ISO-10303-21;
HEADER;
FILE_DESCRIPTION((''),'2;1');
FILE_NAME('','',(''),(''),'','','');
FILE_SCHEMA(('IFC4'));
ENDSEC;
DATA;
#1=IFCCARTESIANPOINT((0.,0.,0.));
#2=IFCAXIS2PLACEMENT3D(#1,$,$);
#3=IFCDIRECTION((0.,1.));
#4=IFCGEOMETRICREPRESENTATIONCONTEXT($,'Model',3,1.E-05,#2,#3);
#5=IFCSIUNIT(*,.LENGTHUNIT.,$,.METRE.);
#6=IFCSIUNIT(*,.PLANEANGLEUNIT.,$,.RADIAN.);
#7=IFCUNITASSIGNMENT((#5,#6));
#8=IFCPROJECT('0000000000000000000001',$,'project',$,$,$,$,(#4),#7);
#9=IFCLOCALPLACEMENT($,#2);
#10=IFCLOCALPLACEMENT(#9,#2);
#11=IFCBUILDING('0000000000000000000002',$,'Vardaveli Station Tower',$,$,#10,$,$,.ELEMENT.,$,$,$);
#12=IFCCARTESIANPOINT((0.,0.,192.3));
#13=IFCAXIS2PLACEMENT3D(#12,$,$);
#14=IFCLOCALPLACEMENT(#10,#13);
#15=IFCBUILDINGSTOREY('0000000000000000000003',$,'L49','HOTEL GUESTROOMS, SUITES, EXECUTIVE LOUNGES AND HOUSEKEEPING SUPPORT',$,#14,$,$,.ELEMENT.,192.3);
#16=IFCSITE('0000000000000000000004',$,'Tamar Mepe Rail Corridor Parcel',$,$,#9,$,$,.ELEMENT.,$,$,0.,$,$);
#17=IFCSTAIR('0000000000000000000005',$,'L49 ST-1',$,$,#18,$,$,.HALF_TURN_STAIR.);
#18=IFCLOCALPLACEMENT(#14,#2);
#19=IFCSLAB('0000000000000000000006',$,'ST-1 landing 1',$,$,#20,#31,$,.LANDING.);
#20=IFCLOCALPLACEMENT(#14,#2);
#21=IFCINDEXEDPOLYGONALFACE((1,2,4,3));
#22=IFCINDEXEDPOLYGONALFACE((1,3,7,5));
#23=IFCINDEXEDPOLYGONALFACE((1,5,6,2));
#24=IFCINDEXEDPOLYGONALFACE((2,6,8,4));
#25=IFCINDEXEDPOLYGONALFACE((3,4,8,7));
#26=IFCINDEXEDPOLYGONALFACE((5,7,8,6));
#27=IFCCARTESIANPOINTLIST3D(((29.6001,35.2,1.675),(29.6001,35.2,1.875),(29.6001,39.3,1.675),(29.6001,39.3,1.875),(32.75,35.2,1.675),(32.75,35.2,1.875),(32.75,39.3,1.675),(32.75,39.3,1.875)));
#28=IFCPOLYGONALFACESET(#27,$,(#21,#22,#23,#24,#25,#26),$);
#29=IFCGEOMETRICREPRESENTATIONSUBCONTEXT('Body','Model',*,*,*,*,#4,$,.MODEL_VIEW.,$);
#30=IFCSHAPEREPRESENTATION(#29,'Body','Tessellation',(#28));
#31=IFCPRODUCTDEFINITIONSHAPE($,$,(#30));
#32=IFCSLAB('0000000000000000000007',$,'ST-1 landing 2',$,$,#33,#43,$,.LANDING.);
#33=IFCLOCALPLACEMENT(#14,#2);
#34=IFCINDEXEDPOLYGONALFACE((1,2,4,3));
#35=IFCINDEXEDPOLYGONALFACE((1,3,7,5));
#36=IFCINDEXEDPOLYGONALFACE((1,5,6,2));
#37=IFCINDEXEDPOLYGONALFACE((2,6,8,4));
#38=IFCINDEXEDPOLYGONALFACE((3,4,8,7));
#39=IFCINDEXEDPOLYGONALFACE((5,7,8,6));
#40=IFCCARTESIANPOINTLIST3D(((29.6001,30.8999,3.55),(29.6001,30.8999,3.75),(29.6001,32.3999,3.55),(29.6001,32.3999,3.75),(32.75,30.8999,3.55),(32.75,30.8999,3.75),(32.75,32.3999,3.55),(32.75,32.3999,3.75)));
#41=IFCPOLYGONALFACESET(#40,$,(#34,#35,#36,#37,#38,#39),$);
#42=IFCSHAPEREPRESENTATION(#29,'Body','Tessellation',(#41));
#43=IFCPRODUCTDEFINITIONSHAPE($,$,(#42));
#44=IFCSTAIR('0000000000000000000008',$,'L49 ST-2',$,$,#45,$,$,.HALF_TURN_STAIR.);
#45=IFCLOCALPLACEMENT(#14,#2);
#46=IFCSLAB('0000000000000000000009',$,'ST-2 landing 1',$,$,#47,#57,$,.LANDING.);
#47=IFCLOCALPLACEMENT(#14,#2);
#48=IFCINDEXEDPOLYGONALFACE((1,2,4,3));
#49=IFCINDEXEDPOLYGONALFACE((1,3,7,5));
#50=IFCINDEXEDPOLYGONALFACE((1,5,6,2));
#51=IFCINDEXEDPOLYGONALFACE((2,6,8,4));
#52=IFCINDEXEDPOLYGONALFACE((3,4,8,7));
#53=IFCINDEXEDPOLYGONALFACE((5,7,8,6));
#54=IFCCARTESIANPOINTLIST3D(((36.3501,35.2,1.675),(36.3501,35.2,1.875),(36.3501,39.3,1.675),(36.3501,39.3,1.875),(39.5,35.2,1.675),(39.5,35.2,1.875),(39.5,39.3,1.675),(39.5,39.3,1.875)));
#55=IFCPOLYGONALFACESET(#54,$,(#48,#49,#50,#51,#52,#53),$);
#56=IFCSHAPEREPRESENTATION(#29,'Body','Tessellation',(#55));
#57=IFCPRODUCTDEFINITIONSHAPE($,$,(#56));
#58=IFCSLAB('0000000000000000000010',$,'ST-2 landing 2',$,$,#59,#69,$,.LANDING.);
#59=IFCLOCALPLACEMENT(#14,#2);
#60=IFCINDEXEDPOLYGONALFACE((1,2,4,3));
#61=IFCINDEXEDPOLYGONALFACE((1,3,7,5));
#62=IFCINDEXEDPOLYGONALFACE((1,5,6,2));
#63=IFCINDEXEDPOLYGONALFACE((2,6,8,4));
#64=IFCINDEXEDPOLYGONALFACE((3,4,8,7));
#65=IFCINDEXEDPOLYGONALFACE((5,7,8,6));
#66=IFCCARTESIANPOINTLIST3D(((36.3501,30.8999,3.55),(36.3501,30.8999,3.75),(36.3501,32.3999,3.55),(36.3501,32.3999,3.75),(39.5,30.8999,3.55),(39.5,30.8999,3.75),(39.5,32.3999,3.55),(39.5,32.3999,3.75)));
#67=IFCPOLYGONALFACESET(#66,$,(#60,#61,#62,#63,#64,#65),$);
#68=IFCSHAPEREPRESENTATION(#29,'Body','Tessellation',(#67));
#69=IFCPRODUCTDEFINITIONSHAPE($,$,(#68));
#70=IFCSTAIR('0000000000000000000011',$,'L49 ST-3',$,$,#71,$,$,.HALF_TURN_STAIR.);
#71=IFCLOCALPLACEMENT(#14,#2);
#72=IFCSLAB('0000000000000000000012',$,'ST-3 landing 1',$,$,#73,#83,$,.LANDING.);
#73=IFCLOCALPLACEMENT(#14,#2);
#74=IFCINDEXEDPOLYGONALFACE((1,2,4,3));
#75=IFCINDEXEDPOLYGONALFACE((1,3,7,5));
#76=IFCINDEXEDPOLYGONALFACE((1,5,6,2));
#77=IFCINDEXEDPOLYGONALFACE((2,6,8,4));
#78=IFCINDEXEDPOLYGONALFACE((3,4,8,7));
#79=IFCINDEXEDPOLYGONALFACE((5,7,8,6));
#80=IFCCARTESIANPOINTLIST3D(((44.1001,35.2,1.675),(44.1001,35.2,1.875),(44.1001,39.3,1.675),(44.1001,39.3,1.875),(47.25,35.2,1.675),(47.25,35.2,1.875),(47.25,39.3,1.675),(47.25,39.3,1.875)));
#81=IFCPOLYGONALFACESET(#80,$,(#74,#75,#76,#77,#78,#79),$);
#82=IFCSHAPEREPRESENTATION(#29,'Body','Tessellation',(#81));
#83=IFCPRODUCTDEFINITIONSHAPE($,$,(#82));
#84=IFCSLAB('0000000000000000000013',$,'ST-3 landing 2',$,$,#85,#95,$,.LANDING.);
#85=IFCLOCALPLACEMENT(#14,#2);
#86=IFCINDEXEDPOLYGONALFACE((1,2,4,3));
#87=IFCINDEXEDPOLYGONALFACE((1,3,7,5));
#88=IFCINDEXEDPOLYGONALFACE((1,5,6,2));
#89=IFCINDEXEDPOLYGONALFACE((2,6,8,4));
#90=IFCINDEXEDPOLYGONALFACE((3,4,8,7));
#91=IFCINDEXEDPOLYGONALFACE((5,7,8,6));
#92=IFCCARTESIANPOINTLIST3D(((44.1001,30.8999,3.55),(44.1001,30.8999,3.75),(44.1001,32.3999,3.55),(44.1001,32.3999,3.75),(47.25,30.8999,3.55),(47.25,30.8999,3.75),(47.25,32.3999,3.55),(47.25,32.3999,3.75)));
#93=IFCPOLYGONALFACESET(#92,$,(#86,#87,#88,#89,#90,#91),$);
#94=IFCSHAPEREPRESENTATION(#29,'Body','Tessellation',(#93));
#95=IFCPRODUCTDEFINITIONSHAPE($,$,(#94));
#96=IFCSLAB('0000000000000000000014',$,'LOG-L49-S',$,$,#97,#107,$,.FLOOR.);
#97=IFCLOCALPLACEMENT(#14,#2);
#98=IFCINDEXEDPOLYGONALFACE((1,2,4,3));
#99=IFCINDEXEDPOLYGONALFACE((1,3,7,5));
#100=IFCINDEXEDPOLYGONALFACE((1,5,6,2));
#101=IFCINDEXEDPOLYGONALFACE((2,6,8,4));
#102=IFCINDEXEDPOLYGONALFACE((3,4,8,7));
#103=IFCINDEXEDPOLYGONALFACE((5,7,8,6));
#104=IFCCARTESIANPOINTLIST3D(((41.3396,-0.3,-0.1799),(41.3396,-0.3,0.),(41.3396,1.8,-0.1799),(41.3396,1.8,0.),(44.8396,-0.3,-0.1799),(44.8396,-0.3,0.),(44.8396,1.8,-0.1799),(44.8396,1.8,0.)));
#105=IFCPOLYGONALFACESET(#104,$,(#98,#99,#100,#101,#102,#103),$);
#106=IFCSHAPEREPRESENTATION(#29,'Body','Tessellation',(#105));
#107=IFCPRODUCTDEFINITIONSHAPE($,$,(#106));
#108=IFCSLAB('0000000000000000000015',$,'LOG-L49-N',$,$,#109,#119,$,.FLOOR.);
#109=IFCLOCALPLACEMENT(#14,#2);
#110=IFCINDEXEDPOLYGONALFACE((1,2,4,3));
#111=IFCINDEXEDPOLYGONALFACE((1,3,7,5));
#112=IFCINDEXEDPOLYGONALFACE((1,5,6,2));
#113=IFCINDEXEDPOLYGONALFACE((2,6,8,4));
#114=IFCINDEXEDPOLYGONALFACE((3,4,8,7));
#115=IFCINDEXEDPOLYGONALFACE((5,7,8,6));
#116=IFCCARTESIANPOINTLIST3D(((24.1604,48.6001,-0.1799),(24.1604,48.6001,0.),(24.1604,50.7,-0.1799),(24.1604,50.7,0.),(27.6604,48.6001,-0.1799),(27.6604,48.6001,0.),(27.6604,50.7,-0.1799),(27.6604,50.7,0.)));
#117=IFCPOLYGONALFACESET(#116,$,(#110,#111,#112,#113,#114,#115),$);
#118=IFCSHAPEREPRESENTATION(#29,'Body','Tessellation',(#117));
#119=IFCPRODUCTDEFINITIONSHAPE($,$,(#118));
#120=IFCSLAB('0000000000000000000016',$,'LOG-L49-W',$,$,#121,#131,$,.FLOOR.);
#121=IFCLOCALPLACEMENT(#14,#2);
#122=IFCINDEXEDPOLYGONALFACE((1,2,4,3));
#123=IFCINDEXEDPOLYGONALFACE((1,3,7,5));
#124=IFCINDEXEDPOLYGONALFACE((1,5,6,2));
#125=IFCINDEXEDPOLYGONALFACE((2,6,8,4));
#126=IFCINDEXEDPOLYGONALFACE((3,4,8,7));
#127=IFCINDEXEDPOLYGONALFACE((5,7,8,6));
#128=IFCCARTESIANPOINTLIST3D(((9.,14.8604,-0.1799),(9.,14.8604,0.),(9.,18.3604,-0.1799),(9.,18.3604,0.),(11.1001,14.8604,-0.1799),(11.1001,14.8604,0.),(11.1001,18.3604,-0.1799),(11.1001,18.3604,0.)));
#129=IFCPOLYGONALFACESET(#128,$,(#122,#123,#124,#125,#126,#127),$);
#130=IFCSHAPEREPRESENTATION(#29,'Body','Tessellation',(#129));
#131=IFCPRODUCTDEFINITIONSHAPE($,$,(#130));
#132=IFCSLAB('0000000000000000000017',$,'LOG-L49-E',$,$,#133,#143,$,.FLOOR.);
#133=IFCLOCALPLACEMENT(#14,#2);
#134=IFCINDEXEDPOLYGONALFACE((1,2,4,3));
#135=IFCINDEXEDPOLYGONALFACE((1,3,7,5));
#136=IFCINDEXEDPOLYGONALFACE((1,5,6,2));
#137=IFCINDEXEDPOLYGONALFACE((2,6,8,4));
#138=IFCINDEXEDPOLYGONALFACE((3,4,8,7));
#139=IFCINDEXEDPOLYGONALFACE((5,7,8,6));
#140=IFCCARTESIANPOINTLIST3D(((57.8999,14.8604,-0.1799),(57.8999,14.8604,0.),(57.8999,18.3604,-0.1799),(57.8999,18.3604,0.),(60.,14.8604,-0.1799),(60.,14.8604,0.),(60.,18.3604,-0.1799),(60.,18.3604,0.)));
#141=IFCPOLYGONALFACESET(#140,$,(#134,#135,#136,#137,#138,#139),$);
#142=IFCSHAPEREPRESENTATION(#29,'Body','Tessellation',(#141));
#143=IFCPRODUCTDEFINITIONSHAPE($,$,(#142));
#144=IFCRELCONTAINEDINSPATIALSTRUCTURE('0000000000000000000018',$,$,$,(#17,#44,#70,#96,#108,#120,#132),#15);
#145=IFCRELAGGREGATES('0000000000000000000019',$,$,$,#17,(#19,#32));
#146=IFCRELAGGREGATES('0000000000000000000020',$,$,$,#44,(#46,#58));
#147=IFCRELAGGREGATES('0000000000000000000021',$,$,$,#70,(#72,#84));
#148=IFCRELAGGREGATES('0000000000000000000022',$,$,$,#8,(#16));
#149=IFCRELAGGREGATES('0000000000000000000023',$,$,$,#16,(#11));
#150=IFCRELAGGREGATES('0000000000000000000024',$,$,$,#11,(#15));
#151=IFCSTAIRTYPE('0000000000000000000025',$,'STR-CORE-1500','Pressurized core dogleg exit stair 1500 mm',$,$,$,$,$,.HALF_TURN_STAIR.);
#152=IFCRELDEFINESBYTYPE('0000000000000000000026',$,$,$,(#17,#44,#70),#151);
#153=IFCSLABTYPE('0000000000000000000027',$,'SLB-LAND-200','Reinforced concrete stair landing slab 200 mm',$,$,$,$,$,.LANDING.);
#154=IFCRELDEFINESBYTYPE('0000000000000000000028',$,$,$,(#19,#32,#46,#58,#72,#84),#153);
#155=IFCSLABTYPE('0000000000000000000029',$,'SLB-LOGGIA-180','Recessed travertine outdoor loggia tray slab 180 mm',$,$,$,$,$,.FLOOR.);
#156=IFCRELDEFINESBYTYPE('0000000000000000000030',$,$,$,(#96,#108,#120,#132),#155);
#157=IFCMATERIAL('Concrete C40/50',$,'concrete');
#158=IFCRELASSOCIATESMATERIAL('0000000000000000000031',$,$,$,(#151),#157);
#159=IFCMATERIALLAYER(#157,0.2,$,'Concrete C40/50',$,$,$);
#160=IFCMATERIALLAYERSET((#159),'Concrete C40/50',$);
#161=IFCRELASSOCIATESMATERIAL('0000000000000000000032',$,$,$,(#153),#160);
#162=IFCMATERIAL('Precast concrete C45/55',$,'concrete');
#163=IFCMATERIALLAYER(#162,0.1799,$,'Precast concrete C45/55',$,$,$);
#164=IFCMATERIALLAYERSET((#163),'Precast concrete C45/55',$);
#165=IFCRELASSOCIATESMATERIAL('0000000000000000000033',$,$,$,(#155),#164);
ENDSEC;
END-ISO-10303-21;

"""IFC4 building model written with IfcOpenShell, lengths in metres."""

from ifc_helpers import new_model, si_unit, direction, frame, origin, place, context, subcontext, project, spatial, polyline, outline, extrude, material, layer, layer_set, type_object, element, aggregate, save


model = new_model("IFC4")

# Units and contexts
model_context = context("Model", 3, precision=1e-05, world=origin(), true_north=direction((0.0, 1.0)))
body_context = subcontext(model_context, "Body", "Model", "MODEL_VIEW")
ifc_project = project(units=[si_unit("LENGTHUNIT", "METRE"), si_unit("PLANEANGLEUNIT", "RADIAN")], contexts=[model_context])

# Site, building, storey
site_placement = place(None, origin())
site = spatial("IfcSite", under=ifc_project, at=site_placement, Name="Tamar Mepe Rail Corridor Parcel", CompositionType="ELEMENT", RefElevation=0.0)
building_placement = place(site_placement, origin())
building = spatial("IfcBuilding", under=site, at=building_placement, Name="Vardaveli Station Tower", CompositionType="ELEMENT")
storey_placement = place(building_placement, frame((0.0, 0.0, 192.3)))
storey = spatial("IfcBuildingStorey", under=building, at=storey_placement, Name="L49", Description="HOTEL GUESTROOMS, SUITES, EXECUTIVE LOUNGES AND HOUSEKEEPING SUPPORT", CompositionType="ELEMENT", Elevation=192.3)

# Stairs, slabs
ifc_material_1 = material(Name="Concrete C40/50", Category="concrete")
stair_type = type_object("IfcStairType", Name="STR-CORE-1500", Description="Pressurized core dogleg exit stair 1500 mm", PredefinedType="HALF_TURN_STAIR", material=ifc_material_1)
stair_1_placement = place(storey_placement, origin())
stair_1 = element("IfcStair", 1, at=stair_1_placement, inside=storey, type_object=stair_type, Name="L49 ST-1", PredefinedType="HALF_TURN_STAIR")
ifc_layer_1 = layer(ifc_material_1, 0.2, Name="Concrete C40/50")
ifc_layer_set_1 = layer_set([ifc_layer_1], Name="Concrete C40/50")
slab_type_1 = type_object("IfcSlabType", Name="SLB-LAND-200", Description="Reinforced concrete stair landing slab 200 mm", PredefinedType="LANDING", material=ifc_layer_set_1)
slab_1_placement = place(storey_placement, frame((0.0, 0.0, 1.675)))
slab_1 = element("IfcSlab", 2, at=slab_1_placement, type_object=slab_type_1, Name="ST-1 landing 1", PredefinedType="LANDING", context=body_context, shape_type="SweptSolid", body=[
    extrude(outline(polyline([(32.75, 35.2), (32.75, 39.3), (29.6001, 39.3), (29.6001, 35.2), (32.75, 35.2)])), origin(), (0.0, 0.0, 1.0), 0.2),
])
slab_2_placement = place(storey_placement, frame((0.0, 0.0, 3.55)))
slab_2 = element("IfcSlab", 3, at=slab_2_placement, type_object=slab_type_1, Name="ST-1 landing 2", PredefinedType="LANDING", context=body_context, shape_type="SweptSolid", body=[
    extrude(outline(polyline([(32.75, 30.8999), (32.75, 32.3999), (29.6001, 32.3999), (29.6001, 30.8999), (32.75, 30.8999)])), origin(), (0.0, 0.0, 1.0), 0.2),
])
aggregate(stair_1, [slab_1, slab_2])
stair_2_placement = place(storey_placement, origin())
stair_2 = element("IfcStair", 4, at=stair_2_placement, inside=storey, type_object=stair_type, Name="L49 ST-2", PredefinedType="HALF_TURN_STAIR")
slab_3_placement = place(storey_placement, frame((0.0, 0.0, 1.675)))
slab_3 = element("IfcSlab", 5, at=slab_3_placement, type_object=slab_type_1, Name="ST-2 landing 1", PredefinedType="LANDING", context=body_context, shape_type="SweptSolid", body=[
    extrude(outline(polyline([(39.5, 35.2), (39.5, 39.3), (36.3501, 39.3), (36.3501, 35.2), (39.5, 35.2)])), origin(), (0.0, 0.0, 1.0), 0.2),
])
slab_4_placement = place(storey_placement, frame((0.0, 0.0, 3.55)))
slab_4 = element("IfcSlab", 6, at=slab_4_placement, type_object=slab_type_1, Name="ST-2 landing 2", PredefinedType="LANDING", context=body_context, shape_type="SweptSolid", body=[
    extrude(outline(polyline([(39.5, 30.8999), (39.5, 32.3999), (36.3501, 32.3999), (36.3501, 30.8999), (39.5, 30.8999)])), origin(), (0.0, 0.0, 1.0), 0.2),
])
aggregate(stair_2, [slab_3, slab_4])
stair_3_placement = place(storey_placement, origin())
stair_3 = element("IfcStair", 7, at=stair_3_placement, inside=storey, type_object=stair_type, Name="L49 ST-3", PredefinedType="HALF_TURN_STAIR")
slab_5_placement = place(storey_placement, frame((0.0, 0.0, 1.675)))
slab_5 = element("IfcSlab", 8, at=slab_5_placement, type_object=slab_type_1, Name="ST-3 landing 1", PredefinedType="LANDING", context=body_context, shape_type="SweptSolid", body=[
    extrude(outline(polyline([(47.25, 35.2), (47.25, 39.3), (44.1001, 39.3), (44.1001, 35.2), (47.25, 35.2)])), origin(), (0.0, 0.0, 1.0), 0.2),
])
slab_6_placement = place(storey_placement, frame((0.0, 0.0, 3.55)))
slab_6 = element("IfcSlab", 9, at=slab_6_placement, type_object=slab_type_1, Name="ST-3 landing 2", PredefinedType="LANDING", context=body_context, shape_type="SweptSolid", body=[
    extrude(outline(polyline([(47.25, 30.8999), (47.25, 32.3999), (44.1001, 32.3999), (44.1001, 30.8999), (47.25, 30.8999)])), origin(), (0.0, 0.0, 1.0), 0.2),
])
aggregate(stair_3, [slab_5, slab_6])

# Slabs
ifc_material_2 = material(Name="Precast concrete C45/55", Category="concrete")
ifc_layer_2 = layer(ifc_material_2, 0.1799, Name="Precast concrete C45/55")
ifc_layer_set_2 = layer_set([ifc_layer_2], Name="Precast concrete C45/55")
slab_type_2 = type_object("IfcSlabType", Name="SLB-LOGGIA-180", Description="Recessed travertine outdoor loggia tray slab 180 mm", PredefinedType="FLOOR", material=ifc_layer_set_2)
slab_7_placement = place(storey_placement, frame((0.0, 0.0, -0.1799)))
element("IfcSlab", 10, at=slab_7_placement, inside=storey, type_object=slab_type_2, Name="LOG-L49-S", PredefinedType="FLOOR", context=body_context, shape_type="SweptSolid", body=[
    extrude(outline(polyline([(41.3396, -0.3), (44.8396, -0.3), (44.8396, 1.8), (41.3396, 1.8), (41.3396, -0.3)])), origin(), (0.0, 0.0, 1.0), 0.1799),
])
slab_8_placement = place(storey_placement, frame((0.0, 0.0, -0.1799)))
element("IfcSlab", 11, at=slab_8_placement, inside=storey, type_object=slab_type_2, Name="LOG-L49-N", PredefinedType="FLOOR", context=body_context, shape_type="SweptSolid", body=[
    extrude(outline(polyline([(24.1604, 48.6001), (27.6604, 48.6001), (27.6604, 50.7), (24.1604, 50.7), (24.1604, 48.6001)])), origin(), (0.0, 0.0, 1.0), 0.1799),
])
slab_9_placement = place(storey_placement, frame((0.0, 0.0, -0.1799)))
element("IfcSlab", 12, at=slab_9_placement, inside=storey, type_object=slab_type_2, Name="LOG-L49-W", PredefinedType="FLOOR", context=body_context, shape_type="SweptSolid", body=[
    extrude(outline(polyline([(9.0, 14.8604), (11.1001, 14.8604), (11.1001, 18.3604), (9.0, 18.3604), (9.0, 14.8604)])), origin(), (0.0, 0.0, 1.0), 0.1799),
])
slab_10_placement = place(storey_placement, frame((0.0, 0.0, -0.1799)))
element("IfcSlab", 13, at=slab_10_placement, inside=storey, type_object=slab_type_2, Name="LOG-L49-E", PredefinedType="FLOOR", context=body_context, shape_type="SweptSolid", body=[
    extrude(outline(polyline([(57.8999, 14.8604), (60.0, 14.8604), (60.0, 18.3604), (57.8999, 18.3604), (57.8999, 14.8604)])), origin(), (0.0, 0.0, 1.0), 0.1799),
])

save(model, "model.ifc")
